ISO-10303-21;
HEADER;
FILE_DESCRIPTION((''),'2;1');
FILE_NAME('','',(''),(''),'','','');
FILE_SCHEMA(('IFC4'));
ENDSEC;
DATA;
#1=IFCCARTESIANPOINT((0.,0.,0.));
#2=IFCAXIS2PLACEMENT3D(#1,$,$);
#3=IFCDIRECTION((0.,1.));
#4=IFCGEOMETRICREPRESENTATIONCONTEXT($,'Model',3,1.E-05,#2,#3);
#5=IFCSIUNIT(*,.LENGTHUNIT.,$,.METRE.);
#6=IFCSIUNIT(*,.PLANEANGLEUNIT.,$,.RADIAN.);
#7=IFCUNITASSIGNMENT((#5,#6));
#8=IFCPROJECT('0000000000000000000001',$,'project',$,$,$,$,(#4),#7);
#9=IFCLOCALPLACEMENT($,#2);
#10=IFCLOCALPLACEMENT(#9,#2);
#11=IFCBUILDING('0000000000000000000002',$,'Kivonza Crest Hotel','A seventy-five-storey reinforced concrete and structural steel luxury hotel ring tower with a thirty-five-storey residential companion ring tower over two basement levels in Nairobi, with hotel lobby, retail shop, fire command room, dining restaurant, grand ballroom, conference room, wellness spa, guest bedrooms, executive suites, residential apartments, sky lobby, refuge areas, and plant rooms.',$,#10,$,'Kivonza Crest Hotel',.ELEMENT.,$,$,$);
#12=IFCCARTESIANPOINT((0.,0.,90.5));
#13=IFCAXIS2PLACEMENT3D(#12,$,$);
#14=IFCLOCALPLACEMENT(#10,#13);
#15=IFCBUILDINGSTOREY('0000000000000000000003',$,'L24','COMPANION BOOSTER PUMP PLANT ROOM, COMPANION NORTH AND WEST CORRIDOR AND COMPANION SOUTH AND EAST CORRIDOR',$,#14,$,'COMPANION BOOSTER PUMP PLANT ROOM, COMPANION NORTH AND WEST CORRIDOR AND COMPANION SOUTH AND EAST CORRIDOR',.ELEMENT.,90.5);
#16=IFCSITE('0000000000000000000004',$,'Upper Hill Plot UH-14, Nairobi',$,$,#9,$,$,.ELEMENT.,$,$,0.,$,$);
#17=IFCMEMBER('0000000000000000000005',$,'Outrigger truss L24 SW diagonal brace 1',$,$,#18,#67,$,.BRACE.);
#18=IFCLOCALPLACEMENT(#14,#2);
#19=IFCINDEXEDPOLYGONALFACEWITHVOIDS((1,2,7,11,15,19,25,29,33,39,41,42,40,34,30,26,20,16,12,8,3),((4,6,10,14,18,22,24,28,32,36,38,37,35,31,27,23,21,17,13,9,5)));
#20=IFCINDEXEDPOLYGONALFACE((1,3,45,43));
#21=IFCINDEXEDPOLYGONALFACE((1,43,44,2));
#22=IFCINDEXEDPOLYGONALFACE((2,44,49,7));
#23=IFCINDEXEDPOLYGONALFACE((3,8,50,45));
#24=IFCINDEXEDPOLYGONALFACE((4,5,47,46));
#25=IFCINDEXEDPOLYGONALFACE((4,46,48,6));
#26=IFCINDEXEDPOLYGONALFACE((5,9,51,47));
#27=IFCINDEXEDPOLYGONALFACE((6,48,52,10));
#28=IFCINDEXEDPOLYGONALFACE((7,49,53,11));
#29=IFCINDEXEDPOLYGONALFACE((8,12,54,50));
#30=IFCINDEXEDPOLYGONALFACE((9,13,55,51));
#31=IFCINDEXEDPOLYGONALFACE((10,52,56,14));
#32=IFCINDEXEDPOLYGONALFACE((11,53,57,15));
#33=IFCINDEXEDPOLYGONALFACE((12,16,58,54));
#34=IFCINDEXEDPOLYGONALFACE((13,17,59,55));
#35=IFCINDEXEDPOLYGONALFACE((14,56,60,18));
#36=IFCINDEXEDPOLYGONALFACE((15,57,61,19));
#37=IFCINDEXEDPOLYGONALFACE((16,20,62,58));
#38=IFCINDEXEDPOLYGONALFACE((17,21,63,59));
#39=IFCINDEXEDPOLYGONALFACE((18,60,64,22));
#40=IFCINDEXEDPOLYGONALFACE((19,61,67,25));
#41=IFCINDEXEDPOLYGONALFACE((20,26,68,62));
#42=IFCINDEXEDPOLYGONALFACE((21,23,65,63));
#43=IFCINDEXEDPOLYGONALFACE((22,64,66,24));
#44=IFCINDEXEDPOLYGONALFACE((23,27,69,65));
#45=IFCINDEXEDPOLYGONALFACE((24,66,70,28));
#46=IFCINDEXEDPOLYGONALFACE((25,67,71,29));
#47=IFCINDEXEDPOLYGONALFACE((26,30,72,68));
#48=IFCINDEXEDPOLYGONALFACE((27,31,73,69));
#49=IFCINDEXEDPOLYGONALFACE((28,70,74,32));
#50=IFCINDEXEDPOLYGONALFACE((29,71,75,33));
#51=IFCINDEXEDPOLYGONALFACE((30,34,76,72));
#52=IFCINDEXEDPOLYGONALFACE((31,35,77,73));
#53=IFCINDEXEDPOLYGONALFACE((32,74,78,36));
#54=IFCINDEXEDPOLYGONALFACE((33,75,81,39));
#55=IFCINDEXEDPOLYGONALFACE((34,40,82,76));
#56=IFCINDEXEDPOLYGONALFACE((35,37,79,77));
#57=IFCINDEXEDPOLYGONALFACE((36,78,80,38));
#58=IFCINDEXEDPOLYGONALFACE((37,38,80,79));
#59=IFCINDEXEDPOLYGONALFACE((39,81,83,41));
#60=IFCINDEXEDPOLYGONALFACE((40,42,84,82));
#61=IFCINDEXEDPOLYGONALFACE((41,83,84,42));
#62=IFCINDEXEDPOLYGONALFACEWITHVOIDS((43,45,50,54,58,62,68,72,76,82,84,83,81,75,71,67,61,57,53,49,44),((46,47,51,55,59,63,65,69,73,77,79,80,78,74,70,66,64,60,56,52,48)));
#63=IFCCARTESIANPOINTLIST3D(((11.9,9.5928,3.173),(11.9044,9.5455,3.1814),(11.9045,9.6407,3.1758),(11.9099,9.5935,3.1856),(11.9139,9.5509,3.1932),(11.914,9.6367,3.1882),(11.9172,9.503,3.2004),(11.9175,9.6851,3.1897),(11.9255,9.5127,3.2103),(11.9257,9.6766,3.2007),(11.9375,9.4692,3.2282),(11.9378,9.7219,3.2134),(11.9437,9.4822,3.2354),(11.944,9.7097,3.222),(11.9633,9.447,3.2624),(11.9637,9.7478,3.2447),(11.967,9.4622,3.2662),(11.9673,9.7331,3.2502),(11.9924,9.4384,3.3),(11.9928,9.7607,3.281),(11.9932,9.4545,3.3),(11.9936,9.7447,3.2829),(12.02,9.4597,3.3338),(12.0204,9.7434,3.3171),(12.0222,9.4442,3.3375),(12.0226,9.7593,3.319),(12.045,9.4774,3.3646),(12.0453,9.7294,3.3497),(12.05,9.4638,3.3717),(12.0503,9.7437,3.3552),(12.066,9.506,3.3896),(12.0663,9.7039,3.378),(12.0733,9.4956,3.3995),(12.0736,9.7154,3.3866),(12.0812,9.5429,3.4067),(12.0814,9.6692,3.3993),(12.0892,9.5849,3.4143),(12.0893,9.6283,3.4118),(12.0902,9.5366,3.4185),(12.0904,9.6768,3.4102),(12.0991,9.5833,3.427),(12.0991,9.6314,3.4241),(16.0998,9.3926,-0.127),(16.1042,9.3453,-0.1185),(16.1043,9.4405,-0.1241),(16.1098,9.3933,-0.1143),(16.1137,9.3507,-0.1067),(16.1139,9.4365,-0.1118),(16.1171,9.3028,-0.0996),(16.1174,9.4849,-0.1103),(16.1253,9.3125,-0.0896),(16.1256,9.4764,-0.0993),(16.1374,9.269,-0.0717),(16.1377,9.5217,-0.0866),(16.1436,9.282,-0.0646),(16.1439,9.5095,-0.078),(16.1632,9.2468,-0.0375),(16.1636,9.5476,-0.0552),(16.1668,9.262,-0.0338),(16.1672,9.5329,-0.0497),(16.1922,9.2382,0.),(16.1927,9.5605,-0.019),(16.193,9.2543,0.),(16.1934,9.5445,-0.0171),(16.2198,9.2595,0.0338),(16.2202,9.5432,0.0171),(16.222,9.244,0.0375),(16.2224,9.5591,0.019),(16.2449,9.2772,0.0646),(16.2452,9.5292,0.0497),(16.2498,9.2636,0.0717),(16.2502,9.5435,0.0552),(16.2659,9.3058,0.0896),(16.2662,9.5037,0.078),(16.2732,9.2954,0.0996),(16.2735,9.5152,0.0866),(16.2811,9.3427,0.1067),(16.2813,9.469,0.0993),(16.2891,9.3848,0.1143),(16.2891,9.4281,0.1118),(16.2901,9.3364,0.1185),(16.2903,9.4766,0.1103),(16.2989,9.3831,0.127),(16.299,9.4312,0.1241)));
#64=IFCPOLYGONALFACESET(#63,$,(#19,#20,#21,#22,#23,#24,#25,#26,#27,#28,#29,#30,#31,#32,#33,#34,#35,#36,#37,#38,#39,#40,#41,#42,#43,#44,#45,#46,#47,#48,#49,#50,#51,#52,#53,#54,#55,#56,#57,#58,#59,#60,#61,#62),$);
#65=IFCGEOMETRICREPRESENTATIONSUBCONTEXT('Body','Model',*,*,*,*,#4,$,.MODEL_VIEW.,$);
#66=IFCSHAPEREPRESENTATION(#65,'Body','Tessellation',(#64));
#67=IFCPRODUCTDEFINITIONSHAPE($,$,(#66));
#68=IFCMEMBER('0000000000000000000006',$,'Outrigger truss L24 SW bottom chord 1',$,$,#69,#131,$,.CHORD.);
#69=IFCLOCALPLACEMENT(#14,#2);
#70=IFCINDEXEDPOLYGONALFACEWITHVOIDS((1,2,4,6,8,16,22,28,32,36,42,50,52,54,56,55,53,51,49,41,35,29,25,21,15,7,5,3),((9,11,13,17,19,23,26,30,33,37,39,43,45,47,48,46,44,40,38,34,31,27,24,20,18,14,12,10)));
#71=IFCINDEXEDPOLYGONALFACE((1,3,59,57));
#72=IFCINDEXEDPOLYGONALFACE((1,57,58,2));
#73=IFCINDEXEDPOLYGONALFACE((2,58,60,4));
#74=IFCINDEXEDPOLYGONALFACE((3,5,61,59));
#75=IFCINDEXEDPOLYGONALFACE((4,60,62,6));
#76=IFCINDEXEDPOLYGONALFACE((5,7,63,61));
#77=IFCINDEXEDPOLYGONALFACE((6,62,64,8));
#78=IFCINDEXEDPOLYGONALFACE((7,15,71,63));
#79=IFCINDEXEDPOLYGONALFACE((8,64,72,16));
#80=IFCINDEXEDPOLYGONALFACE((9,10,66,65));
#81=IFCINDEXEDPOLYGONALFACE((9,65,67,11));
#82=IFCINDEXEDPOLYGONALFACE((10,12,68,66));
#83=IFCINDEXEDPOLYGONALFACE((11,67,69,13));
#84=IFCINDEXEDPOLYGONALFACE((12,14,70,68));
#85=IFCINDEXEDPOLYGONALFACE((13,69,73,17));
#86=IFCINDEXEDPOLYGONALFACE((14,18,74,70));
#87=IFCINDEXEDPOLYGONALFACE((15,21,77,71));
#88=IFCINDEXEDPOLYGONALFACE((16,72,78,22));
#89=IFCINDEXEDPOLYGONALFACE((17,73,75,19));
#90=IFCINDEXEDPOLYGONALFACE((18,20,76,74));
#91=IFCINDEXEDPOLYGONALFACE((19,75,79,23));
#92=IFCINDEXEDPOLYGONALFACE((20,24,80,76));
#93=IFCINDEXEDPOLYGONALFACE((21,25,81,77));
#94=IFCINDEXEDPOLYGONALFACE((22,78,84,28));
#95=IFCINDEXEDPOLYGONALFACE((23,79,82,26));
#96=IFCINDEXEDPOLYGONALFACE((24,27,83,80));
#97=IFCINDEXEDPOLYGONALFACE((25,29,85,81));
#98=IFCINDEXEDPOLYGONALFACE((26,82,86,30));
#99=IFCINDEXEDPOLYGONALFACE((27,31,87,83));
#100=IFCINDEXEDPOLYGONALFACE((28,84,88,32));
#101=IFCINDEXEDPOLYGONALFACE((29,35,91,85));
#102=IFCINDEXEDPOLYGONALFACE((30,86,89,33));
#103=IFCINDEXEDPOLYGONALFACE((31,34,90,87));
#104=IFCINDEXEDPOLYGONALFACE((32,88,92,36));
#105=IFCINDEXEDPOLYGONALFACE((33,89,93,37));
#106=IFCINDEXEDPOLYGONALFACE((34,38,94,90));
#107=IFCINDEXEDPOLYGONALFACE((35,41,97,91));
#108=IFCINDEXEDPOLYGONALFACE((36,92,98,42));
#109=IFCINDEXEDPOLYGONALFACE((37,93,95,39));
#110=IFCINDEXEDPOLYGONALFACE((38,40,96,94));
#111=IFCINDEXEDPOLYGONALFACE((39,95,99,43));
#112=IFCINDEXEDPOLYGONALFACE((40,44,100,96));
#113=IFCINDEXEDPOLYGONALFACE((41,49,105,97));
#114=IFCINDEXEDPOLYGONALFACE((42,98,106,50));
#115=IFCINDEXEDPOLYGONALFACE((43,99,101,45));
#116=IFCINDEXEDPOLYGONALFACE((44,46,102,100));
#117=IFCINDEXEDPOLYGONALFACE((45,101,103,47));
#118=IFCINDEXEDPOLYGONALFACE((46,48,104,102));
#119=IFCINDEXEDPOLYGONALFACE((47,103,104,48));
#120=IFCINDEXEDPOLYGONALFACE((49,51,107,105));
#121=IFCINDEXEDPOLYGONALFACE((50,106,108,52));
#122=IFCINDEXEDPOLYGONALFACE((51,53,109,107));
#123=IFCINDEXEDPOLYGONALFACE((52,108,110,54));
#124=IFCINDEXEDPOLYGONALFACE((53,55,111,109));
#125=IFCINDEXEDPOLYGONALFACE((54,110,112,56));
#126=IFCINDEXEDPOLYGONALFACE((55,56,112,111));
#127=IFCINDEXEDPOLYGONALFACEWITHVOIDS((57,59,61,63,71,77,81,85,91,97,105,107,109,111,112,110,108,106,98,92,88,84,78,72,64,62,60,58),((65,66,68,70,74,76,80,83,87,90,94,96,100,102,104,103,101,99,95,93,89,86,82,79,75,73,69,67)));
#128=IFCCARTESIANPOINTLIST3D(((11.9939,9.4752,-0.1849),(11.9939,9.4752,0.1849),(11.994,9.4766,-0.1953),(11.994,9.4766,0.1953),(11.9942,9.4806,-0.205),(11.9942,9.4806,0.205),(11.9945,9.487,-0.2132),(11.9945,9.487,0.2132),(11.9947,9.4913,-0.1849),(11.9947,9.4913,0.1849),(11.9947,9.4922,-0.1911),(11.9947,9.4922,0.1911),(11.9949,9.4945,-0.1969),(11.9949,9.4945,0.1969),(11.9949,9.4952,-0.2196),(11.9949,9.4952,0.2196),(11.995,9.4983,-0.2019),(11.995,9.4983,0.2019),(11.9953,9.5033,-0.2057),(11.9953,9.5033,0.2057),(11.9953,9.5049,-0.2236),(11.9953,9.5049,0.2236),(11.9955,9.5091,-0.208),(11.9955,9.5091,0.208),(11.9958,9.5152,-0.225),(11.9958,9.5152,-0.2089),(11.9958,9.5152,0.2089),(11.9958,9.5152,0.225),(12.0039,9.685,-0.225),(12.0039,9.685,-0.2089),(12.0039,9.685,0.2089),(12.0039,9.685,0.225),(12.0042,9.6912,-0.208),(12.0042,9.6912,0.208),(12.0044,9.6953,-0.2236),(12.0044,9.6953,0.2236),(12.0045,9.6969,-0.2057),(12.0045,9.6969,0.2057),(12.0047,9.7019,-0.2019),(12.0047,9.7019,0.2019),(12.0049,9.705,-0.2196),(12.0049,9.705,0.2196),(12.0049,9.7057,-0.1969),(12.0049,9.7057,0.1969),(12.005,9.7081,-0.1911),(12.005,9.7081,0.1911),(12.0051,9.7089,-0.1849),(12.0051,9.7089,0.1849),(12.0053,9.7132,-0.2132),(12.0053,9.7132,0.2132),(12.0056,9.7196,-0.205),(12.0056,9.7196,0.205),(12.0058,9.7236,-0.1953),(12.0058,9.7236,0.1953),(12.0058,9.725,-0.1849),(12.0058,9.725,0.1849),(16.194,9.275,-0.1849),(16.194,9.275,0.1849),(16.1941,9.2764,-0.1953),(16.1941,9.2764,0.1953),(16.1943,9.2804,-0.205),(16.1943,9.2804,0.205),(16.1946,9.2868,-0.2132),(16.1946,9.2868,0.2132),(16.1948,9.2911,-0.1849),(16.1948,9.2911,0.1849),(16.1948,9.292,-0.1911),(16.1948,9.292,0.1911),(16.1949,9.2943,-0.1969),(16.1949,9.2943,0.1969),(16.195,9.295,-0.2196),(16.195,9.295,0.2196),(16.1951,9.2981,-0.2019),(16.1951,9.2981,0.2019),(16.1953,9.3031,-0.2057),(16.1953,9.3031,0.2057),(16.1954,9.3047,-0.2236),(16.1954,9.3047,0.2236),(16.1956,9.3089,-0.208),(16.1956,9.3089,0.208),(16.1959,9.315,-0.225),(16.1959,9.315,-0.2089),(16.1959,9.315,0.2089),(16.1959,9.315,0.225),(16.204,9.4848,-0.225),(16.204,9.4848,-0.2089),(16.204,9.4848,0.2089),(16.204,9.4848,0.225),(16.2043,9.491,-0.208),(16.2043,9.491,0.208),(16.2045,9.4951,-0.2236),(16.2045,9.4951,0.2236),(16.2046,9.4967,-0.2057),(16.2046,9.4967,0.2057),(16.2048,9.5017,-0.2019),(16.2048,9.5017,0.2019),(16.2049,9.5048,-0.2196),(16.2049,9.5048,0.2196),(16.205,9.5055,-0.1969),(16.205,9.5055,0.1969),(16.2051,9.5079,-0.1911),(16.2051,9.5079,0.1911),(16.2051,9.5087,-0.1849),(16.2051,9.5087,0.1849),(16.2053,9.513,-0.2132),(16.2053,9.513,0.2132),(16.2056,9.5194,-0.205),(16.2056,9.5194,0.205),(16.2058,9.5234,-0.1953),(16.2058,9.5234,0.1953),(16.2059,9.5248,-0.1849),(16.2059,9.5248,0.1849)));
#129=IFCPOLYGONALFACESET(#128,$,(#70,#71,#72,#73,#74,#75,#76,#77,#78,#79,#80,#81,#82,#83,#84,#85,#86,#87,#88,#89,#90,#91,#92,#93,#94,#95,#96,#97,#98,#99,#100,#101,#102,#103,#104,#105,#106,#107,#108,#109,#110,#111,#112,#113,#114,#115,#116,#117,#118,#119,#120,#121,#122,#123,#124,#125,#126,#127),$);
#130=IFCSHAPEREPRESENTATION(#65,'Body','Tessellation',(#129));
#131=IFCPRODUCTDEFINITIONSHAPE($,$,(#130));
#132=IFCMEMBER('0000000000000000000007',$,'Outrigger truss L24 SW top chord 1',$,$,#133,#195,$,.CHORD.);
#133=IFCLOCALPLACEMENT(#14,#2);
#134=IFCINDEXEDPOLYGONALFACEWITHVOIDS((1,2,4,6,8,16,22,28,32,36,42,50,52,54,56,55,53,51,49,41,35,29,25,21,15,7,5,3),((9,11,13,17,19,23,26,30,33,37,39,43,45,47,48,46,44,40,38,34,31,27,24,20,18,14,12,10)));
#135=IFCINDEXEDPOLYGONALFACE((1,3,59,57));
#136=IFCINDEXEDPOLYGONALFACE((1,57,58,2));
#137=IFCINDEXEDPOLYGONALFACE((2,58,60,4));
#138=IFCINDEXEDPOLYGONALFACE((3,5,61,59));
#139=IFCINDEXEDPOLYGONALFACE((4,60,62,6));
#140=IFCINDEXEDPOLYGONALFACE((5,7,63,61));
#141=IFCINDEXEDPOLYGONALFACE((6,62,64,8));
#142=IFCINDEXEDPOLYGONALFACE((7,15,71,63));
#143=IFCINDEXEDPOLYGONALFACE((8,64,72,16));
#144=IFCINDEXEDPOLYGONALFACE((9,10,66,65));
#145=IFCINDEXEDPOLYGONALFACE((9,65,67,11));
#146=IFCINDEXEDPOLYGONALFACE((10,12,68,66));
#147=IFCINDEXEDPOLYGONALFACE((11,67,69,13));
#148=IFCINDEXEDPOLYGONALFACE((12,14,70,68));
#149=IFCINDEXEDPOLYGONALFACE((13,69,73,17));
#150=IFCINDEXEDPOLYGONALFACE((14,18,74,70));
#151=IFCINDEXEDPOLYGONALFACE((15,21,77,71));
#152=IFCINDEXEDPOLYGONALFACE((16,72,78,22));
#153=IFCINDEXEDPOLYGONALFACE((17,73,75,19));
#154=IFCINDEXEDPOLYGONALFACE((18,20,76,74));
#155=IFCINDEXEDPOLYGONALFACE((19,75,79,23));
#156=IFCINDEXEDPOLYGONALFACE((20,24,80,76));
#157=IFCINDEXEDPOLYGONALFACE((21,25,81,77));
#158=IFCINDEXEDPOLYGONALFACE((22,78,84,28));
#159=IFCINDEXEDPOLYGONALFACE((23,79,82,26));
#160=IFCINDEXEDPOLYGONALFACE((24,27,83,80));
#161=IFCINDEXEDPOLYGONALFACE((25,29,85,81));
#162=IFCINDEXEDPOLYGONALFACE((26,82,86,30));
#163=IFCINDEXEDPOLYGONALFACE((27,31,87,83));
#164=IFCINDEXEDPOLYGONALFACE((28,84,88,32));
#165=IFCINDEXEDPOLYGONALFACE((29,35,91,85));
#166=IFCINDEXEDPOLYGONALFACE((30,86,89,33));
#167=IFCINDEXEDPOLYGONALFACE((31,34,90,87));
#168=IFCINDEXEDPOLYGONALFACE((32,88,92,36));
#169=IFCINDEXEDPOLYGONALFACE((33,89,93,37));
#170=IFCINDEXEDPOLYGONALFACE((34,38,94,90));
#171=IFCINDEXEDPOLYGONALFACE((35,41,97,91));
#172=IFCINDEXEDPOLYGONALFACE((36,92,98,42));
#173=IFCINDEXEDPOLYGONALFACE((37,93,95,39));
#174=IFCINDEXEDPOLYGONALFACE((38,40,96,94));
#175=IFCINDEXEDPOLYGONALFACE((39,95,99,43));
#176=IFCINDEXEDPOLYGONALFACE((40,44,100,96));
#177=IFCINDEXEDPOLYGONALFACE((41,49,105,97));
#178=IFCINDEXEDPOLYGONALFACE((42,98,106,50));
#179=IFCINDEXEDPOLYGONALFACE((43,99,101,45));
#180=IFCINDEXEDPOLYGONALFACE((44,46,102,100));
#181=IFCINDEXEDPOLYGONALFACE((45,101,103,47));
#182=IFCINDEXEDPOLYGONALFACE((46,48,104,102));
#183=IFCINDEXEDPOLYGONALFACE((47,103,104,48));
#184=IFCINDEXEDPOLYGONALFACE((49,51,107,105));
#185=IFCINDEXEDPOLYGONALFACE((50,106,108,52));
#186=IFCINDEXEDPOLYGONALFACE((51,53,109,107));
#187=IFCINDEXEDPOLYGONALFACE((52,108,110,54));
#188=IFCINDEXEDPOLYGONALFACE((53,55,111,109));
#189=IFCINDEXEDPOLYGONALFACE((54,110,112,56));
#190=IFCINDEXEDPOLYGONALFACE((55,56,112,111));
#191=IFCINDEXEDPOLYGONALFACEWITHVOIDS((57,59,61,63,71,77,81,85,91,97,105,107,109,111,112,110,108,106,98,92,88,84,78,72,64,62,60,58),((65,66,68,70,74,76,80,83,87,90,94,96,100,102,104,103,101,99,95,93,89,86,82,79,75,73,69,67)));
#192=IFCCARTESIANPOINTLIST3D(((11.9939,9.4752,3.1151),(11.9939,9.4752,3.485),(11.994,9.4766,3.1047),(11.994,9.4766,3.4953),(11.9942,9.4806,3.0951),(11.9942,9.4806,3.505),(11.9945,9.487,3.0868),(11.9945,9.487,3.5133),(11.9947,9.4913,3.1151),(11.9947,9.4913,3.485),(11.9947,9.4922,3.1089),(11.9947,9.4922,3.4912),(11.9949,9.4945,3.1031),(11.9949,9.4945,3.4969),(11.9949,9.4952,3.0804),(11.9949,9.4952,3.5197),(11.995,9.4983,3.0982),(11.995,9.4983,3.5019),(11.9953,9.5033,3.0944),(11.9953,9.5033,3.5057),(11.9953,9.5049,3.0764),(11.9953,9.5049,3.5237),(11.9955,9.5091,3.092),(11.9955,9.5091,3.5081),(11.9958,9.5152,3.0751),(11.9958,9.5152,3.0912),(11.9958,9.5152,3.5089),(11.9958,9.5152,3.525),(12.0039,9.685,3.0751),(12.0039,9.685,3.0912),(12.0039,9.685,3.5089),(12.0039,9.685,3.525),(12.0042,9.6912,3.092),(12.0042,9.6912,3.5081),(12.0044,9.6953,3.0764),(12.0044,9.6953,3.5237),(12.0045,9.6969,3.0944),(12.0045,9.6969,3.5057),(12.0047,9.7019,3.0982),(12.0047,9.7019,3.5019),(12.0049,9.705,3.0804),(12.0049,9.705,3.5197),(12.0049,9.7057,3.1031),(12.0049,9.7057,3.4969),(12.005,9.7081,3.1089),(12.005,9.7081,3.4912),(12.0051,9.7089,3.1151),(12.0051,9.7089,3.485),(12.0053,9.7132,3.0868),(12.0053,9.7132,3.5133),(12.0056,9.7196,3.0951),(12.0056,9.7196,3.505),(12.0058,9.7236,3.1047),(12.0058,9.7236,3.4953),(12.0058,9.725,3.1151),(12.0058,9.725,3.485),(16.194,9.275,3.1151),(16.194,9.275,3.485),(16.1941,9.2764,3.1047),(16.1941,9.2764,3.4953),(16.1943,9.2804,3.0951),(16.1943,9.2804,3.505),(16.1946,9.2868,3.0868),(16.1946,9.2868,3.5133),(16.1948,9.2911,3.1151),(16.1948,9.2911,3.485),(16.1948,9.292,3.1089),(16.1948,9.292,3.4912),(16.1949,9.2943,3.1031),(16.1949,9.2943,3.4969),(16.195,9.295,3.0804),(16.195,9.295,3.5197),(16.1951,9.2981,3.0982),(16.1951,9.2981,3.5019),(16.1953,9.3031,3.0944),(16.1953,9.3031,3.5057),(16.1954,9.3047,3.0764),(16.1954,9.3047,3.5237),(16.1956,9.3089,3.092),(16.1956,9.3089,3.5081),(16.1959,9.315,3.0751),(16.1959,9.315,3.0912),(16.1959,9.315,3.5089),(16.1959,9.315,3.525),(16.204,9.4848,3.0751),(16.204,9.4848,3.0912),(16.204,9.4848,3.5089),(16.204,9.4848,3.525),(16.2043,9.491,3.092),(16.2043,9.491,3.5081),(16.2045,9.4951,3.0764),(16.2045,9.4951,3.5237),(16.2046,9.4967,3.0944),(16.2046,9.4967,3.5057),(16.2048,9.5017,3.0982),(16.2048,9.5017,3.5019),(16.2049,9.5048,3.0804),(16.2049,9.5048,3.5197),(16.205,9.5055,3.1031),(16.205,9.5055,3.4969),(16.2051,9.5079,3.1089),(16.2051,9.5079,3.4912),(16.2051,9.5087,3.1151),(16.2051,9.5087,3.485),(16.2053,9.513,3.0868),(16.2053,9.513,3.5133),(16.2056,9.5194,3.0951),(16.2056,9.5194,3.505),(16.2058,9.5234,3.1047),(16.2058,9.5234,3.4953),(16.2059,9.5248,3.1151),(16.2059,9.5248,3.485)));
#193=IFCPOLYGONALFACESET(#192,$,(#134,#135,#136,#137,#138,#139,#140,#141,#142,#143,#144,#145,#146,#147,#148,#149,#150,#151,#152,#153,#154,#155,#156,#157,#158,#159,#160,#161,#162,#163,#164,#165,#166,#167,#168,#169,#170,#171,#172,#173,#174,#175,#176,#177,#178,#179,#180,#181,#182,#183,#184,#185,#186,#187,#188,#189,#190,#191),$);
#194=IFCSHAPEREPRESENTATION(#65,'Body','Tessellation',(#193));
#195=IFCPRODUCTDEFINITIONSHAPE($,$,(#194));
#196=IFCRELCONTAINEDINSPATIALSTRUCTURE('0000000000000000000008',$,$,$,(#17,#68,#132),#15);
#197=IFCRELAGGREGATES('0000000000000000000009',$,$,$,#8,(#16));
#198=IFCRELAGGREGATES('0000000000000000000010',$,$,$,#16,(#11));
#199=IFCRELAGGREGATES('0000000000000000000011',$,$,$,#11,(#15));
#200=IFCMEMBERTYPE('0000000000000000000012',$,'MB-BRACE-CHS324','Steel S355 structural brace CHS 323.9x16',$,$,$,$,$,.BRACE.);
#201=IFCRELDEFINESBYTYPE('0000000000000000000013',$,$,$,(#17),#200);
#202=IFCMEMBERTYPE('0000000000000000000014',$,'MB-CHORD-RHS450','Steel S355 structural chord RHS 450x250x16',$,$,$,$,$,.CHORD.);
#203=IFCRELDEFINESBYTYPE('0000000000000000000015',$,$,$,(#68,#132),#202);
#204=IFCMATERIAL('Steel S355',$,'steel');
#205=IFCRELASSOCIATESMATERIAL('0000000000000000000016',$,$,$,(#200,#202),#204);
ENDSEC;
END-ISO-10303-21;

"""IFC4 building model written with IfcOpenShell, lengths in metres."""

from ifc_helpers import new_model, si_unit, direction, frame, origin, origin_2d, place, context, subcontext, project, spatial, hollow_rectangle, hollow_circle, extrude, material, material_profile, profile_set, type_object, element, save


model = new_model("IFC4")

# Units and contexts
model_context = context("Model", 3, precision=1e-05, world=origin(), true_north=direction((0.0, 1.0)))
body_context = subcontext(model_context, "Body", "Model", "MODEL_VIEW")
ifc_project = project(units=[si_unit("LENGTHUNIT", "METRE"), si_unit("PLANEANGLEUNIT", "RADIAN")], contexts=[model_context])

# Site, building, storey
site_placement = place(None, origin())
site = spatial("IfcSite", under=ifc_project, at=site_placement, Name="Upper Hill Plot UH-14, Nairobi", CompositionType="ELEMENT", RefElevation=0.0)
building_placement = place(site_placement, origin())
building = spatial("IfcBuilding", under=site, at=building_placement, Name="Kivonza Crest Hotel", Description="A seventy-five-storey reinforced concrete and structural steel luxury hotel ring tower with a thirty-five-storey residential companion ring tower over two basement levels in Nairobi, with hotel lobby, retail shop, fire command room, dining restaurant, grand ballroom, conference room, wellness spa, guest bedrooms, executive suites, residential apartments, sky lobby, refuge areas, and plant rooms.", LongName="Kivonza Crest Hotel", CompositionType="ELEMENT")
storey_placement = place(building_placement, frame((0.0, 0.0, 90.5)))
storey = spatial("IfcBuildingStorey", under=building, at=storey_placement, Name="L24", Description="COMPANION BOOSTER PUMP PLANT ROOM, COMPANION NORTH AND WEST CORRIDOR AND COMPANION SOUTH AND EAST CORRIDOR", LongName="COMPANION BOOSTER PUMP PLANT ROOM, COMPANION NORTH AND WEST CORRIDOR AND COMPANION SOUTH AND EAST CORRIDOR", CompositionType="ELEMENT", Elevation=90.5)

# Shared definitions
ifc_material_1 = material(Name="Steel S355", Category="steel")

# Members
ifc_material_profile_1 = material_profile(ifc_material_1, hollow_circle(Radius=0.1619, WallThickness=0.0161, at=origin_2d()), Name="CHS 323.9x16")
ifc_profile_set_1 = profile_set([ifc_material_profile_1], Name="Steel S355")
member_type_1 = type_object("IfcMemberType", Name="MB-BRACE-CHS324", Description="Steel S355 structural brace CHS 323.9x16", PredefinedType="BRACE", material=ifc_profile_set_1)
member_placement = place(storey_placement, frame((16.2, 9.3999, 0.0), z_axis=(-0.785759, 0.037454, 0.617398), x_axis=(-0.047612, -0.998866, 0.0)))
element("IfcMember", 1, at=member_placement, inside=storey, type_object=member_type_1, Name="Outrigger truss L24 SW diagonal brace 1", PredefinedType="BRACE", context=body_context, shape_type="SweptSolid", body=[
    extrude(hollow_circle(Radius=0.1619, WallThickness=0.0161, at=origin_2d()), origin(), (0.0, 0.0, 1.0), 5.345),
])
ifc_material_profile_2 = material_profile(ifc_material_1, hollow_rectangle(XDim=0.25, YDim=0.45, WallThickness=0.0161, InnerFilletRadius=0.0239, OuterFilletRadius=0.04, at=origin_2d()), Name="RHS 450x250x16")
ifc_profile_set_2 = profile_set([ifc_material_profile_2], Name="Steel S355")
member_type_2 = type_object("IfcMemberType", Name="MB-CHORD-RHS450", Description="Steel S355 structural chord RHS 450x250x16", PredefinedType="CHORD", material=ifc_profile_set_2)
for number, where, z_axis, x_axis, name in (
    (2, (16.2, 9.3999, 0.0), (-0.998866, 0.047612, 0.0), (-0.047612, -0.998866, 0.0), "Outrigger truss L24 SW bottom chord 1"),
    (3, (16.2, 9.3999, 3.3), (-0.998866, 0.047612, 0.0), (-0.047612, -0.998866, 0.0), "Outrigger truss L24 SW top chord 1"),
):
    element("IfcMember", number, at=place(storey_placement, frame(where, z_axis=z_axis, x_axis=x_axis)), inside=storey, type_object=member_type_2, Name=name, PredefinedType="CHORD", context=body_context, shape_type="SweptSolid", body=[
        extrude(hollow_rectangle(XDim=0.25, YDim=0.45, WallThickness=0.0161, InnerFilletRadius=0.0239, OuterFilletRadius=0.04, at=origin_2d()), origin(), (0.0, 0.0, 1.0), 4.2048),
    ])

save(model, "model.ifc")
